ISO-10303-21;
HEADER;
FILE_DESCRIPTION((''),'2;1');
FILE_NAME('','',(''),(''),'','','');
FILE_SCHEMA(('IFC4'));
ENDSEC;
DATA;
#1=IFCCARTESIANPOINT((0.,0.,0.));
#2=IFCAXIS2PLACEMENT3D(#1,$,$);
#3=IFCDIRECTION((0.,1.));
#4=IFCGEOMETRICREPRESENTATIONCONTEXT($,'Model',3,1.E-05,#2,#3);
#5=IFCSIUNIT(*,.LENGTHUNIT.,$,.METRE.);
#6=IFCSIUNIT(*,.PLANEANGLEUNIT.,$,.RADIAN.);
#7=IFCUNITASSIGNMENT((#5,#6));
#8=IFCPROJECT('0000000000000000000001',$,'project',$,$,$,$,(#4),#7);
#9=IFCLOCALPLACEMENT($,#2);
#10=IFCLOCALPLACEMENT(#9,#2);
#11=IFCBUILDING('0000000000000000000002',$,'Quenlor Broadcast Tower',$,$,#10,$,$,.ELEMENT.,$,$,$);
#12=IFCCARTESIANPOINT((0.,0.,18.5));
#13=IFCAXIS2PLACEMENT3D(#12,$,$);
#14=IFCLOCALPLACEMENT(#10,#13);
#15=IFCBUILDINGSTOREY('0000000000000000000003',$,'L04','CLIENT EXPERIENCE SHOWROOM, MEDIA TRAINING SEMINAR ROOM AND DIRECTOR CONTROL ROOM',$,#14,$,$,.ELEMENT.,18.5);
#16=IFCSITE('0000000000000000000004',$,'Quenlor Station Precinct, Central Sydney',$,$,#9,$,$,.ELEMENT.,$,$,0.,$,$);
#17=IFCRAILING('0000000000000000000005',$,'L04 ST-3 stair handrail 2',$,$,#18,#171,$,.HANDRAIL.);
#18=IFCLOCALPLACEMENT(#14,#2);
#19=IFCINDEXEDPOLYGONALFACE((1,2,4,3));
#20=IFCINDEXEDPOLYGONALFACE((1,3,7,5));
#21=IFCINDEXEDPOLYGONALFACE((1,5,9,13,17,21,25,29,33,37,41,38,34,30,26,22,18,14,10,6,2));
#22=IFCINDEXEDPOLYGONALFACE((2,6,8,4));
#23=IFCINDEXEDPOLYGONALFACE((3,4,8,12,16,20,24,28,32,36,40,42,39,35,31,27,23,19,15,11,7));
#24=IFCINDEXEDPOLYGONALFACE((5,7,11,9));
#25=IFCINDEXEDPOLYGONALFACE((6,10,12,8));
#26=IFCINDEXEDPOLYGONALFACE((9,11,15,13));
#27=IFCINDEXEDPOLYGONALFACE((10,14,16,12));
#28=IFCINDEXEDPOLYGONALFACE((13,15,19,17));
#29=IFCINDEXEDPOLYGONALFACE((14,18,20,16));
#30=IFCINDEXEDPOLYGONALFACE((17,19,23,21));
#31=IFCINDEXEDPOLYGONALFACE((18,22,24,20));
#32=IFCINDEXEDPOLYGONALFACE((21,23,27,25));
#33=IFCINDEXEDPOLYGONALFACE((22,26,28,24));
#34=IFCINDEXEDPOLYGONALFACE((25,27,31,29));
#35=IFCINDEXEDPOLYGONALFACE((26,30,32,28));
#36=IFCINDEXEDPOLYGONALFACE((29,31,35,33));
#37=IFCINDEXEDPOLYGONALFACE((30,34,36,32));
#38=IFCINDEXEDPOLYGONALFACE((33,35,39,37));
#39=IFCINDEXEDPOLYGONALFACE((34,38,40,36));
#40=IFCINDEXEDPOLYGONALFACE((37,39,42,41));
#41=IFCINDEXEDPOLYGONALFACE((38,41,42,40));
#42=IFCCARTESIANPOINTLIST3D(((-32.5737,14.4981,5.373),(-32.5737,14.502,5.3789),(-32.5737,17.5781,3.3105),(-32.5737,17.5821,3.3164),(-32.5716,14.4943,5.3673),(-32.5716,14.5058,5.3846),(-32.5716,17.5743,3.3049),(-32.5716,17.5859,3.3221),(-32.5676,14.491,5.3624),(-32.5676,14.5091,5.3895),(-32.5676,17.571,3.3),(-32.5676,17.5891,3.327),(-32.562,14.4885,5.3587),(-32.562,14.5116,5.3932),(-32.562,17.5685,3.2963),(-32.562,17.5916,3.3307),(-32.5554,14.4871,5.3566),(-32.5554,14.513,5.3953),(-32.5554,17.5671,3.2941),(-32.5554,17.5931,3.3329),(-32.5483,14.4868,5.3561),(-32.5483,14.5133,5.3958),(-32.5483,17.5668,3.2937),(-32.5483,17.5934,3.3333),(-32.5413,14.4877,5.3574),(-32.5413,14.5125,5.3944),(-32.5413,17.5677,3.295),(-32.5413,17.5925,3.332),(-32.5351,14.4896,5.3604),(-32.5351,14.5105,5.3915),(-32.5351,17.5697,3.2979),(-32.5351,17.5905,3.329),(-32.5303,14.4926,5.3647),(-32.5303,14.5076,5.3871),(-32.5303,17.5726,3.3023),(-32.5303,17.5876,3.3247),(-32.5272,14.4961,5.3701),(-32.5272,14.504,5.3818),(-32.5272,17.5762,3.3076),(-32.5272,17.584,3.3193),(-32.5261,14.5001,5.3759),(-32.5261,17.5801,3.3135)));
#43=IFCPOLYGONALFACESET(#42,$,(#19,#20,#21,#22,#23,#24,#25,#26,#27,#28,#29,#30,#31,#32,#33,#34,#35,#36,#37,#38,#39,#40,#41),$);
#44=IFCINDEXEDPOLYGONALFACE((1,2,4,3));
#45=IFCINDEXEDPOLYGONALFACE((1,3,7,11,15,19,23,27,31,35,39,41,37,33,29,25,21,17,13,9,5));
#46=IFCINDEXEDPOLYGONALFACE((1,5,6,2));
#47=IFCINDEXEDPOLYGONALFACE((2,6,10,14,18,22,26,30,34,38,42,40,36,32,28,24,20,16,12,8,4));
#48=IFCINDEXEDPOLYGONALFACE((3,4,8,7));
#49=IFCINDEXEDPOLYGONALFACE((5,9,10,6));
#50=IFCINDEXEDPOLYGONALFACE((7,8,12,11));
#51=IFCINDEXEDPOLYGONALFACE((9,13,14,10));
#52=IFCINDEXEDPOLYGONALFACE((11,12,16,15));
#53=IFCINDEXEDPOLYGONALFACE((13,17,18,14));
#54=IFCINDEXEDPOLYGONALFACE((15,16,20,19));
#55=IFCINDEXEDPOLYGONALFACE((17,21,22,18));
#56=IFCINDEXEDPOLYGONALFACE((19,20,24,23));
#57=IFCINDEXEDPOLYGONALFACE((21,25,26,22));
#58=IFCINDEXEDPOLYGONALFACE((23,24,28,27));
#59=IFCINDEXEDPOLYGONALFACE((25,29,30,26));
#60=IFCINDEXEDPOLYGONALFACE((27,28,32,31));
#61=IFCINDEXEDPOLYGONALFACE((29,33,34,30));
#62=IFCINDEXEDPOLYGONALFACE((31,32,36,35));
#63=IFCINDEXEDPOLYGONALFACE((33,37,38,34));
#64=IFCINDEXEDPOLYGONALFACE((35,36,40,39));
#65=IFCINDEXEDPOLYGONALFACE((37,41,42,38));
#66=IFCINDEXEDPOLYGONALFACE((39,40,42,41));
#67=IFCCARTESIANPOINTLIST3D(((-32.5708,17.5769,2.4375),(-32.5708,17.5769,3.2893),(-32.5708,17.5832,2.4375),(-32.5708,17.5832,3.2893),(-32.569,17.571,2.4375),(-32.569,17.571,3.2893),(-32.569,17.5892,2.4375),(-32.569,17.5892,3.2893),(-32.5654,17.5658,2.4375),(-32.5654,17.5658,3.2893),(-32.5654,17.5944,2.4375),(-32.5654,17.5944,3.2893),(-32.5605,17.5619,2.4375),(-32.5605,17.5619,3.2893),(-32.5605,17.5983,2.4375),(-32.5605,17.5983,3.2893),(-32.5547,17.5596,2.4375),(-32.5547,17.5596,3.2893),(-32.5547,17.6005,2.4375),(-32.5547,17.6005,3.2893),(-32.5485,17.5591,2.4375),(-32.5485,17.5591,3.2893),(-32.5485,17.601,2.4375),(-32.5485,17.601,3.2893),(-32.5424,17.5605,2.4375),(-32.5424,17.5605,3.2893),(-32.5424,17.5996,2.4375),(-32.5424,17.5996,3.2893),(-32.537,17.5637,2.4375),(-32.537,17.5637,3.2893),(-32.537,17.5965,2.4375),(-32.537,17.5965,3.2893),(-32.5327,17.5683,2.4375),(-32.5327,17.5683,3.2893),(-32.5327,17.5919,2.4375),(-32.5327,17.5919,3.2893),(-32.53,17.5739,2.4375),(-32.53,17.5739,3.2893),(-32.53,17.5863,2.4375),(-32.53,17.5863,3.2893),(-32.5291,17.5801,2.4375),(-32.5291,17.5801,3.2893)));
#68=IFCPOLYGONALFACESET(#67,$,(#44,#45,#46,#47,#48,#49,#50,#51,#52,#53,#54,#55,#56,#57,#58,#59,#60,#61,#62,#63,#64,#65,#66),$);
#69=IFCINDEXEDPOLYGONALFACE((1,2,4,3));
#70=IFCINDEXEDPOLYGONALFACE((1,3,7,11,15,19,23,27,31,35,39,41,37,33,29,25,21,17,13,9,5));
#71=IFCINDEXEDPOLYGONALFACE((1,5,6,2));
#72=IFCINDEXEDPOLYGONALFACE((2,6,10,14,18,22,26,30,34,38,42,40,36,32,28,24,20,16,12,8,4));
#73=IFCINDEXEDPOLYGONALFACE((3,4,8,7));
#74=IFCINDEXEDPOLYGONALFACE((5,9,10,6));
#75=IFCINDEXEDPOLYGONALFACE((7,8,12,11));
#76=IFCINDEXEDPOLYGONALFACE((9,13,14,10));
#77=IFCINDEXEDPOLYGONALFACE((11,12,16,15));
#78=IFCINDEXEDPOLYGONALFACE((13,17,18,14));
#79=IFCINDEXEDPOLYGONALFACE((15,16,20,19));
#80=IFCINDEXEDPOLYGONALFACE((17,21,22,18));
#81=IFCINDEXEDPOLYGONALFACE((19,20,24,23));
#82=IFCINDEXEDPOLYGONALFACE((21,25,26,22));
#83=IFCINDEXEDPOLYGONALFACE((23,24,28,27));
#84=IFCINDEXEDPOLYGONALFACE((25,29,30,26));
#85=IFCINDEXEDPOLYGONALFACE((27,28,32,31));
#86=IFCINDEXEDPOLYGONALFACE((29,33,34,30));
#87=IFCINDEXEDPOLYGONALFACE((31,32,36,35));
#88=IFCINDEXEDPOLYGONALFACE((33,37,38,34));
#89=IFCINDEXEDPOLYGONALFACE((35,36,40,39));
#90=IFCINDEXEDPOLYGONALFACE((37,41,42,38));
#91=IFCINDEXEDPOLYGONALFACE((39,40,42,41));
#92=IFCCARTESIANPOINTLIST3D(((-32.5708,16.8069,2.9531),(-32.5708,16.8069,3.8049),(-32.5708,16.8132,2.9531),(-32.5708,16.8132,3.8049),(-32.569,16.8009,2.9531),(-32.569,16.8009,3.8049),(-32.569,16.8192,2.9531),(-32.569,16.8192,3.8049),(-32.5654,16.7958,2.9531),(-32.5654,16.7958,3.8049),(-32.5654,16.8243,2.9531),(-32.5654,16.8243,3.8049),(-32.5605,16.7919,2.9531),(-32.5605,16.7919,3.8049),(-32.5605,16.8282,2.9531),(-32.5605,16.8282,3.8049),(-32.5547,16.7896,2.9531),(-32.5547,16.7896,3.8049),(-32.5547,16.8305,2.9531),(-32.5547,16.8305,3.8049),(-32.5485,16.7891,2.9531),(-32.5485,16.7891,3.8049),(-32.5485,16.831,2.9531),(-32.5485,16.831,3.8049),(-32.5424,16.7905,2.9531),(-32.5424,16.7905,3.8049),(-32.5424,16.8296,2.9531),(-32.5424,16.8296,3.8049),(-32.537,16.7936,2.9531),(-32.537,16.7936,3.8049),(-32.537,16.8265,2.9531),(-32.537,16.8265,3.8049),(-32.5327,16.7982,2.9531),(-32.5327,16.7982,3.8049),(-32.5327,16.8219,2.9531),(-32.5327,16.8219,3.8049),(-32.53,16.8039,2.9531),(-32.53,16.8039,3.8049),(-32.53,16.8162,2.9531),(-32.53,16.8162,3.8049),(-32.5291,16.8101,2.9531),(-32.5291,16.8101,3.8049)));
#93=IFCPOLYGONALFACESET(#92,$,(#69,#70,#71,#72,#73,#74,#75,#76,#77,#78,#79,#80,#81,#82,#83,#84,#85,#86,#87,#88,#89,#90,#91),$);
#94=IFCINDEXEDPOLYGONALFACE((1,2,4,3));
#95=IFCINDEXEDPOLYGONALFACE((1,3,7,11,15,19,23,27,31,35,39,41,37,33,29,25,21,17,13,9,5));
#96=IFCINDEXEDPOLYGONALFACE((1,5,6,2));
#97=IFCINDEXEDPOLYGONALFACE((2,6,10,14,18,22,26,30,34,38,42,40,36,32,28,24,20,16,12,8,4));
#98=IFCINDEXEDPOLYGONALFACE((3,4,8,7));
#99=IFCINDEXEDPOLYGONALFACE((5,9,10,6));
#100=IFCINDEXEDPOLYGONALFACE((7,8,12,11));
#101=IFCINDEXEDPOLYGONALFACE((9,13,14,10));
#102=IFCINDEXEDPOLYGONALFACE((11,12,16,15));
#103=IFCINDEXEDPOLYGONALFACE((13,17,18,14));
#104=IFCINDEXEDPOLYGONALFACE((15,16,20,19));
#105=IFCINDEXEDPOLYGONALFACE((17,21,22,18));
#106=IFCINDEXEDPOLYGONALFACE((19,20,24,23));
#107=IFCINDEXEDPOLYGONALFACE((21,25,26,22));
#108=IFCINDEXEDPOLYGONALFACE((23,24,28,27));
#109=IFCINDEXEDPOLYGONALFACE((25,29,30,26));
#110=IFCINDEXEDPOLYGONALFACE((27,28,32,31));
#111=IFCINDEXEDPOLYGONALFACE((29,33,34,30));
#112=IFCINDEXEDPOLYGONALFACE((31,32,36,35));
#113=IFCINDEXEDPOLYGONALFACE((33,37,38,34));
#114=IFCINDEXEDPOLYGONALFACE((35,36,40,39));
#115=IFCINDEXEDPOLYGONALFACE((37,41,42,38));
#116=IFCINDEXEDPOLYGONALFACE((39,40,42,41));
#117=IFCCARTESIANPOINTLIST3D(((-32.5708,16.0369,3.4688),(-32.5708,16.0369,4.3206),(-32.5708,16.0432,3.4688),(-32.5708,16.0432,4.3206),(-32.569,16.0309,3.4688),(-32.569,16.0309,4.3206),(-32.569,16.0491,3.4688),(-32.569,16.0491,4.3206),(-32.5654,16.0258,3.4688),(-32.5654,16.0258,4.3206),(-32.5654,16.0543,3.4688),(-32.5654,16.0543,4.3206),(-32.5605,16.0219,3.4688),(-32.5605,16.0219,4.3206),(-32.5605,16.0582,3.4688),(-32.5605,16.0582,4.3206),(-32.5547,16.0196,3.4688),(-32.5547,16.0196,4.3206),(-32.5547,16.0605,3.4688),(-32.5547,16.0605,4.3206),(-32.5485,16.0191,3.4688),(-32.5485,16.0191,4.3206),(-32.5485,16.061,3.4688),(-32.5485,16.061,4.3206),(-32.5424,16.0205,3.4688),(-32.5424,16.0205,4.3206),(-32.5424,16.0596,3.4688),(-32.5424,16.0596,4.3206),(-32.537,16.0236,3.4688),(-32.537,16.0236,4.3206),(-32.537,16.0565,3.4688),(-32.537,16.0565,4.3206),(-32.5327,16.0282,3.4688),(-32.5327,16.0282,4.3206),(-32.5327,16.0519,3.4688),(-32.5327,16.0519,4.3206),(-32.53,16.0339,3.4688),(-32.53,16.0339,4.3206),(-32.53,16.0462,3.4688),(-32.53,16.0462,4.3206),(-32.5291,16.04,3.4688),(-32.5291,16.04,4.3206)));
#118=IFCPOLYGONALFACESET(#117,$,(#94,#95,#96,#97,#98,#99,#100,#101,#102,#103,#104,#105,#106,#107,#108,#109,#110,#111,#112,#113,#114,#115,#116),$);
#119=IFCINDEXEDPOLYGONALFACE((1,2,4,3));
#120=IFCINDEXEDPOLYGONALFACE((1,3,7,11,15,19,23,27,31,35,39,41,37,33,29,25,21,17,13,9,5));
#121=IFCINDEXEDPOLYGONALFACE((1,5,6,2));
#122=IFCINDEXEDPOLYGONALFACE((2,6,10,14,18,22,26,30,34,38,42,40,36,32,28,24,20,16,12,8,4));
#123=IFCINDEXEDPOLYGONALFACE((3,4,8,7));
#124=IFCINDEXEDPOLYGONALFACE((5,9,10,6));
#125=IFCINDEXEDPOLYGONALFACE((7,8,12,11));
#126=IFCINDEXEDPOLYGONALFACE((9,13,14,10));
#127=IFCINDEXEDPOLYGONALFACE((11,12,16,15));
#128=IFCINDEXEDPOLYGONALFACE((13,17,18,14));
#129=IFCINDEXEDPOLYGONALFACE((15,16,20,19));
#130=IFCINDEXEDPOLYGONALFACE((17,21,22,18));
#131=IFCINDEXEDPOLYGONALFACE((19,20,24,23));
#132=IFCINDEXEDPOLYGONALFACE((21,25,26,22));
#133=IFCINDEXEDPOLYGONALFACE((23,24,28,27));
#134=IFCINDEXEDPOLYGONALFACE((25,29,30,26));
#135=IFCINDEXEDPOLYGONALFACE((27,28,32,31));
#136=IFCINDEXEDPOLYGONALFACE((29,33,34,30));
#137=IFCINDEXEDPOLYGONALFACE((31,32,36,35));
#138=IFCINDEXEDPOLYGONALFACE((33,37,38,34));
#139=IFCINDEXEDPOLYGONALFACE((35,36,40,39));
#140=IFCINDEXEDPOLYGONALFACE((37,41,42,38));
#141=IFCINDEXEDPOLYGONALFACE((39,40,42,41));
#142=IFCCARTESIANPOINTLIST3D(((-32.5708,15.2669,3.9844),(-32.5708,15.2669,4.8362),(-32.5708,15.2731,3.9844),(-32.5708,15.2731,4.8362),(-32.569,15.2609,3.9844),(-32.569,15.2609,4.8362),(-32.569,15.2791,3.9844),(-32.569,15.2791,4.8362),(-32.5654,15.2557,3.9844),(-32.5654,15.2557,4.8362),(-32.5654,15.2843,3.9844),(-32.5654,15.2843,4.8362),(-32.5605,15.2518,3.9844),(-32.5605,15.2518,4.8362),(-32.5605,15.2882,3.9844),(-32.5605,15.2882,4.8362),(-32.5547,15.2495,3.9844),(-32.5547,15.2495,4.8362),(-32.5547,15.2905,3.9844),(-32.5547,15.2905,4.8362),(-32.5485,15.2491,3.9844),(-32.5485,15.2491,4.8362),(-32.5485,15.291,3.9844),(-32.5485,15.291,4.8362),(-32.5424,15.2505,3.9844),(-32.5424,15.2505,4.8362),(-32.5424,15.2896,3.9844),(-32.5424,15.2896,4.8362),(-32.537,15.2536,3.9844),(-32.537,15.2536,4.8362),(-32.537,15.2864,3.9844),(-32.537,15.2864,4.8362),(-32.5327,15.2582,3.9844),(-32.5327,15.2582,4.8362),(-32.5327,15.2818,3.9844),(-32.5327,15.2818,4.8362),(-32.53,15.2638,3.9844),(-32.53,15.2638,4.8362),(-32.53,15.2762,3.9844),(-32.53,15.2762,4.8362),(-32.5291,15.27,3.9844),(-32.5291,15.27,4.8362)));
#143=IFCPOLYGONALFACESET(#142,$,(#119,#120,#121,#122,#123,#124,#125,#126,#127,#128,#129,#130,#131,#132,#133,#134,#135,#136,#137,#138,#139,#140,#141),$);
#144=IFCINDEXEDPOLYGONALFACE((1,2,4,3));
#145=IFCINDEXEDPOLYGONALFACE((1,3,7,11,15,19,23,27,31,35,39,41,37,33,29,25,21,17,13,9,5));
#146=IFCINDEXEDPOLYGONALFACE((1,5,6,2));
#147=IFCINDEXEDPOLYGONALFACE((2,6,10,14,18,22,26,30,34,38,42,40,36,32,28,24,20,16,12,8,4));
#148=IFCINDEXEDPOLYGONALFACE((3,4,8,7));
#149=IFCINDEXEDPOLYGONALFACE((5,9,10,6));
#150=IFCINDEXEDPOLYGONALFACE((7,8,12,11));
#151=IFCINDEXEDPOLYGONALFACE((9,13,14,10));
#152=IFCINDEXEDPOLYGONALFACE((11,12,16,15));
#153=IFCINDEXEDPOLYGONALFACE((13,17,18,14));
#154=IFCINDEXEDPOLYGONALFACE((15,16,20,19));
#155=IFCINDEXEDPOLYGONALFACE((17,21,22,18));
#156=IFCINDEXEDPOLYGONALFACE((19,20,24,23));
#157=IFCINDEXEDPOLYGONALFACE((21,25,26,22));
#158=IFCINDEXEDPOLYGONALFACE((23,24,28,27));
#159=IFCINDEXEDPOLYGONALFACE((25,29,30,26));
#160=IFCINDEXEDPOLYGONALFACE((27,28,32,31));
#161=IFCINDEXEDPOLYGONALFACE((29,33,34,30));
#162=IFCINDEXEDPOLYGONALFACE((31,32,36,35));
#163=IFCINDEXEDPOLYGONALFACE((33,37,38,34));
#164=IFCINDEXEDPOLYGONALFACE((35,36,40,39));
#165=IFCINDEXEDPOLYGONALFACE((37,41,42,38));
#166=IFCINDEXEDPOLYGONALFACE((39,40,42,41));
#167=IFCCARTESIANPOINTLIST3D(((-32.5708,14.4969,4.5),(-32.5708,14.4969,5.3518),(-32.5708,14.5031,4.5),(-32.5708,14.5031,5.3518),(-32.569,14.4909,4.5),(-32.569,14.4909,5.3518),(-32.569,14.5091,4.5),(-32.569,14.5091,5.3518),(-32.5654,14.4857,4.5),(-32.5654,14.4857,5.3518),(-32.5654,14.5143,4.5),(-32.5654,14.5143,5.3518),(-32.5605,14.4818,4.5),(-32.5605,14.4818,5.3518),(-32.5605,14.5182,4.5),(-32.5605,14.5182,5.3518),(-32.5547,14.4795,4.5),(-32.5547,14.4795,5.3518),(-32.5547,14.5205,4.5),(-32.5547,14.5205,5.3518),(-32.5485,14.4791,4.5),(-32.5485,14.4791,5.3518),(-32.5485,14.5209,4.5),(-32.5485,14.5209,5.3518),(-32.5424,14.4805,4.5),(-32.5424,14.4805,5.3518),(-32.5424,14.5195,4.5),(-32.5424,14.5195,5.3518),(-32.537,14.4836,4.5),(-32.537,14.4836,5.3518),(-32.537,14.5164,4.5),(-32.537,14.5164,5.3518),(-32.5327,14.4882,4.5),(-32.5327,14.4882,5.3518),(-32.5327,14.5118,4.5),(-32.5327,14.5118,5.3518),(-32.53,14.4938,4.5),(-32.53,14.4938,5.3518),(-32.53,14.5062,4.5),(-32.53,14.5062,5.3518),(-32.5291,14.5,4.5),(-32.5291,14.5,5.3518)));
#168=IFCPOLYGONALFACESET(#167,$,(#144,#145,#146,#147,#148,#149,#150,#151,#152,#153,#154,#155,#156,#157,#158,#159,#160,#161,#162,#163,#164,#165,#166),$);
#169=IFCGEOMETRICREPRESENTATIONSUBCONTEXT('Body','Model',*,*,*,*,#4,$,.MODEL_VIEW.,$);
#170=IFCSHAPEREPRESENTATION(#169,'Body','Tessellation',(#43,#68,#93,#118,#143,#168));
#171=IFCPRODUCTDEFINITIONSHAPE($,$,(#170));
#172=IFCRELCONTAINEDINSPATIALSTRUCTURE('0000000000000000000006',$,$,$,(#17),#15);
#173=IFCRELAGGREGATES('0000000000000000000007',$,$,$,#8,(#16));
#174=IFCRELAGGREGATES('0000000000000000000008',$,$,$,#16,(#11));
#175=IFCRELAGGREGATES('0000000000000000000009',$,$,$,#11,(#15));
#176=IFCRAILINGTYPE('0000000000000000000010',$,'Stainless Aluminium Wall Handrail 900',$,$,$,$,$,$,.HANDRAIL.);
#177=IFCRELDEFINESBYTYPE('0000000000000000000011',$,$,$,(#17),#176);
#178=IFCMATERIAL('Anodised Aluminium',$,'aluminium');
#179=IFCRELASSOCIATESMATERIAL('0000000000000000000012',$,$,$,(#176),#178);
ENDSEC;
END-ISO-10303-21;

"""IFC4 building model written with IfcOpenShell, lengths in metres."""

from ifc_helpers import new_model, si_unit, direction, frame, origin, origin_2d, place, context, subcontext, project, spatial, circle, extrude, material, type_object, element, save


model = new_model("IFC4")

# Units and contexts
model_context = context("Model", 3, precision=1e-05, world=origin(), true_north=direction((0.0, 1.0)))
body_context = subcontext(model_context, "Body", "Model", "MODEL_VIEW")
ifc_project = project(units=[si_unit("LENGTHUNIT", "METRE"), si_unit("PLANEANGLEUNIT", "RADIAN")], contexts=[model_context])

# Site, building, storey
site_placement = place(None, origin())
site = spatial("IfcSite", under=ifc_project, at=site_placement, Name="Quenlor Station Precinct, Central Sydney", CompositionType="ELEMENT", RefElevation=0.0)
building_placement = place(site_placement, origin())
building = spatial("IfcBuilding", under=site, at=building_placement, Name="Quenlor Broadcast Tower", CompositionType="ELEMENT")
storey_placement = place(building_placement, frame((0.0, 0.0, 18.5)))
storey = spatial("IfcBuildingStorey", under=building, at=storey_placement, Name="L04", Description="CLIENT EXPERIENCE SHOWROOM, MEDIA TRAINING SEMINAR ROOM AND DIRECTOR CONTROL ROOM", CompositionType="ELEMENT", Elevation=18.5)

# Railing
ifc_material_1 = material(Name="Anodised Aluminium", Category="aluminium")
railing_type_1 = type_object("IfcRailingType", Name="Stainless Aluminium Wall Handrail 900", PredefinedType="HANDRAIL", material=ifc_material_1)
railing_1_placement = place(storey_placement, frame((-32.55, 17.5801, 2.4375)))
element("IfcRailing", 1, at=railing_1_placement, inside=storey, type_object=railing_type_1, Name="L04 ST-3 stair handrail 2", PredefinedType="HANDRAIL", context=body_context, shape_type="SweptSolid", body=[
    extrude(circle(Radius=0.0239, at=origin_2d()), frame((0.0, 0.0, 0.876), z_axis=(0.0, -0.830914, 0.556401), x_axis=(1.0, 0.0, 0.0)), (0.0, 0.0, 1.0), 3.7068),
    extrude(circle(Radius=0.021, at=origin_2d()), origin(), (0.0, 0.0, 1.0), 0.8518),
    extrude(circle(Radius=0.021, at=origin_2d()), frame((0.0, -0.77, 0.5156)), (0.0, 0.0, 1.0), 0.8518),
    extrude(circle(Radius=0.021, at=origin_2d()), frame((0.0, -1.54, 1.0312)), (0.0, 0.0, 1.0), 0.8518),
    extrude(circle(Radius=0.021, at=origin_2d()), frame((0.0, -2.3101, 1.5469)), (0.0, 0.0, 1.0), 0.8518),
    extrude(circle(Radius=0.021, at=origin_2d()), frame((0.0, -3.0801, 2.0625)), (0.0, 0.0, 1.0), 0.8518),
])

save(model, "model.ifc")
